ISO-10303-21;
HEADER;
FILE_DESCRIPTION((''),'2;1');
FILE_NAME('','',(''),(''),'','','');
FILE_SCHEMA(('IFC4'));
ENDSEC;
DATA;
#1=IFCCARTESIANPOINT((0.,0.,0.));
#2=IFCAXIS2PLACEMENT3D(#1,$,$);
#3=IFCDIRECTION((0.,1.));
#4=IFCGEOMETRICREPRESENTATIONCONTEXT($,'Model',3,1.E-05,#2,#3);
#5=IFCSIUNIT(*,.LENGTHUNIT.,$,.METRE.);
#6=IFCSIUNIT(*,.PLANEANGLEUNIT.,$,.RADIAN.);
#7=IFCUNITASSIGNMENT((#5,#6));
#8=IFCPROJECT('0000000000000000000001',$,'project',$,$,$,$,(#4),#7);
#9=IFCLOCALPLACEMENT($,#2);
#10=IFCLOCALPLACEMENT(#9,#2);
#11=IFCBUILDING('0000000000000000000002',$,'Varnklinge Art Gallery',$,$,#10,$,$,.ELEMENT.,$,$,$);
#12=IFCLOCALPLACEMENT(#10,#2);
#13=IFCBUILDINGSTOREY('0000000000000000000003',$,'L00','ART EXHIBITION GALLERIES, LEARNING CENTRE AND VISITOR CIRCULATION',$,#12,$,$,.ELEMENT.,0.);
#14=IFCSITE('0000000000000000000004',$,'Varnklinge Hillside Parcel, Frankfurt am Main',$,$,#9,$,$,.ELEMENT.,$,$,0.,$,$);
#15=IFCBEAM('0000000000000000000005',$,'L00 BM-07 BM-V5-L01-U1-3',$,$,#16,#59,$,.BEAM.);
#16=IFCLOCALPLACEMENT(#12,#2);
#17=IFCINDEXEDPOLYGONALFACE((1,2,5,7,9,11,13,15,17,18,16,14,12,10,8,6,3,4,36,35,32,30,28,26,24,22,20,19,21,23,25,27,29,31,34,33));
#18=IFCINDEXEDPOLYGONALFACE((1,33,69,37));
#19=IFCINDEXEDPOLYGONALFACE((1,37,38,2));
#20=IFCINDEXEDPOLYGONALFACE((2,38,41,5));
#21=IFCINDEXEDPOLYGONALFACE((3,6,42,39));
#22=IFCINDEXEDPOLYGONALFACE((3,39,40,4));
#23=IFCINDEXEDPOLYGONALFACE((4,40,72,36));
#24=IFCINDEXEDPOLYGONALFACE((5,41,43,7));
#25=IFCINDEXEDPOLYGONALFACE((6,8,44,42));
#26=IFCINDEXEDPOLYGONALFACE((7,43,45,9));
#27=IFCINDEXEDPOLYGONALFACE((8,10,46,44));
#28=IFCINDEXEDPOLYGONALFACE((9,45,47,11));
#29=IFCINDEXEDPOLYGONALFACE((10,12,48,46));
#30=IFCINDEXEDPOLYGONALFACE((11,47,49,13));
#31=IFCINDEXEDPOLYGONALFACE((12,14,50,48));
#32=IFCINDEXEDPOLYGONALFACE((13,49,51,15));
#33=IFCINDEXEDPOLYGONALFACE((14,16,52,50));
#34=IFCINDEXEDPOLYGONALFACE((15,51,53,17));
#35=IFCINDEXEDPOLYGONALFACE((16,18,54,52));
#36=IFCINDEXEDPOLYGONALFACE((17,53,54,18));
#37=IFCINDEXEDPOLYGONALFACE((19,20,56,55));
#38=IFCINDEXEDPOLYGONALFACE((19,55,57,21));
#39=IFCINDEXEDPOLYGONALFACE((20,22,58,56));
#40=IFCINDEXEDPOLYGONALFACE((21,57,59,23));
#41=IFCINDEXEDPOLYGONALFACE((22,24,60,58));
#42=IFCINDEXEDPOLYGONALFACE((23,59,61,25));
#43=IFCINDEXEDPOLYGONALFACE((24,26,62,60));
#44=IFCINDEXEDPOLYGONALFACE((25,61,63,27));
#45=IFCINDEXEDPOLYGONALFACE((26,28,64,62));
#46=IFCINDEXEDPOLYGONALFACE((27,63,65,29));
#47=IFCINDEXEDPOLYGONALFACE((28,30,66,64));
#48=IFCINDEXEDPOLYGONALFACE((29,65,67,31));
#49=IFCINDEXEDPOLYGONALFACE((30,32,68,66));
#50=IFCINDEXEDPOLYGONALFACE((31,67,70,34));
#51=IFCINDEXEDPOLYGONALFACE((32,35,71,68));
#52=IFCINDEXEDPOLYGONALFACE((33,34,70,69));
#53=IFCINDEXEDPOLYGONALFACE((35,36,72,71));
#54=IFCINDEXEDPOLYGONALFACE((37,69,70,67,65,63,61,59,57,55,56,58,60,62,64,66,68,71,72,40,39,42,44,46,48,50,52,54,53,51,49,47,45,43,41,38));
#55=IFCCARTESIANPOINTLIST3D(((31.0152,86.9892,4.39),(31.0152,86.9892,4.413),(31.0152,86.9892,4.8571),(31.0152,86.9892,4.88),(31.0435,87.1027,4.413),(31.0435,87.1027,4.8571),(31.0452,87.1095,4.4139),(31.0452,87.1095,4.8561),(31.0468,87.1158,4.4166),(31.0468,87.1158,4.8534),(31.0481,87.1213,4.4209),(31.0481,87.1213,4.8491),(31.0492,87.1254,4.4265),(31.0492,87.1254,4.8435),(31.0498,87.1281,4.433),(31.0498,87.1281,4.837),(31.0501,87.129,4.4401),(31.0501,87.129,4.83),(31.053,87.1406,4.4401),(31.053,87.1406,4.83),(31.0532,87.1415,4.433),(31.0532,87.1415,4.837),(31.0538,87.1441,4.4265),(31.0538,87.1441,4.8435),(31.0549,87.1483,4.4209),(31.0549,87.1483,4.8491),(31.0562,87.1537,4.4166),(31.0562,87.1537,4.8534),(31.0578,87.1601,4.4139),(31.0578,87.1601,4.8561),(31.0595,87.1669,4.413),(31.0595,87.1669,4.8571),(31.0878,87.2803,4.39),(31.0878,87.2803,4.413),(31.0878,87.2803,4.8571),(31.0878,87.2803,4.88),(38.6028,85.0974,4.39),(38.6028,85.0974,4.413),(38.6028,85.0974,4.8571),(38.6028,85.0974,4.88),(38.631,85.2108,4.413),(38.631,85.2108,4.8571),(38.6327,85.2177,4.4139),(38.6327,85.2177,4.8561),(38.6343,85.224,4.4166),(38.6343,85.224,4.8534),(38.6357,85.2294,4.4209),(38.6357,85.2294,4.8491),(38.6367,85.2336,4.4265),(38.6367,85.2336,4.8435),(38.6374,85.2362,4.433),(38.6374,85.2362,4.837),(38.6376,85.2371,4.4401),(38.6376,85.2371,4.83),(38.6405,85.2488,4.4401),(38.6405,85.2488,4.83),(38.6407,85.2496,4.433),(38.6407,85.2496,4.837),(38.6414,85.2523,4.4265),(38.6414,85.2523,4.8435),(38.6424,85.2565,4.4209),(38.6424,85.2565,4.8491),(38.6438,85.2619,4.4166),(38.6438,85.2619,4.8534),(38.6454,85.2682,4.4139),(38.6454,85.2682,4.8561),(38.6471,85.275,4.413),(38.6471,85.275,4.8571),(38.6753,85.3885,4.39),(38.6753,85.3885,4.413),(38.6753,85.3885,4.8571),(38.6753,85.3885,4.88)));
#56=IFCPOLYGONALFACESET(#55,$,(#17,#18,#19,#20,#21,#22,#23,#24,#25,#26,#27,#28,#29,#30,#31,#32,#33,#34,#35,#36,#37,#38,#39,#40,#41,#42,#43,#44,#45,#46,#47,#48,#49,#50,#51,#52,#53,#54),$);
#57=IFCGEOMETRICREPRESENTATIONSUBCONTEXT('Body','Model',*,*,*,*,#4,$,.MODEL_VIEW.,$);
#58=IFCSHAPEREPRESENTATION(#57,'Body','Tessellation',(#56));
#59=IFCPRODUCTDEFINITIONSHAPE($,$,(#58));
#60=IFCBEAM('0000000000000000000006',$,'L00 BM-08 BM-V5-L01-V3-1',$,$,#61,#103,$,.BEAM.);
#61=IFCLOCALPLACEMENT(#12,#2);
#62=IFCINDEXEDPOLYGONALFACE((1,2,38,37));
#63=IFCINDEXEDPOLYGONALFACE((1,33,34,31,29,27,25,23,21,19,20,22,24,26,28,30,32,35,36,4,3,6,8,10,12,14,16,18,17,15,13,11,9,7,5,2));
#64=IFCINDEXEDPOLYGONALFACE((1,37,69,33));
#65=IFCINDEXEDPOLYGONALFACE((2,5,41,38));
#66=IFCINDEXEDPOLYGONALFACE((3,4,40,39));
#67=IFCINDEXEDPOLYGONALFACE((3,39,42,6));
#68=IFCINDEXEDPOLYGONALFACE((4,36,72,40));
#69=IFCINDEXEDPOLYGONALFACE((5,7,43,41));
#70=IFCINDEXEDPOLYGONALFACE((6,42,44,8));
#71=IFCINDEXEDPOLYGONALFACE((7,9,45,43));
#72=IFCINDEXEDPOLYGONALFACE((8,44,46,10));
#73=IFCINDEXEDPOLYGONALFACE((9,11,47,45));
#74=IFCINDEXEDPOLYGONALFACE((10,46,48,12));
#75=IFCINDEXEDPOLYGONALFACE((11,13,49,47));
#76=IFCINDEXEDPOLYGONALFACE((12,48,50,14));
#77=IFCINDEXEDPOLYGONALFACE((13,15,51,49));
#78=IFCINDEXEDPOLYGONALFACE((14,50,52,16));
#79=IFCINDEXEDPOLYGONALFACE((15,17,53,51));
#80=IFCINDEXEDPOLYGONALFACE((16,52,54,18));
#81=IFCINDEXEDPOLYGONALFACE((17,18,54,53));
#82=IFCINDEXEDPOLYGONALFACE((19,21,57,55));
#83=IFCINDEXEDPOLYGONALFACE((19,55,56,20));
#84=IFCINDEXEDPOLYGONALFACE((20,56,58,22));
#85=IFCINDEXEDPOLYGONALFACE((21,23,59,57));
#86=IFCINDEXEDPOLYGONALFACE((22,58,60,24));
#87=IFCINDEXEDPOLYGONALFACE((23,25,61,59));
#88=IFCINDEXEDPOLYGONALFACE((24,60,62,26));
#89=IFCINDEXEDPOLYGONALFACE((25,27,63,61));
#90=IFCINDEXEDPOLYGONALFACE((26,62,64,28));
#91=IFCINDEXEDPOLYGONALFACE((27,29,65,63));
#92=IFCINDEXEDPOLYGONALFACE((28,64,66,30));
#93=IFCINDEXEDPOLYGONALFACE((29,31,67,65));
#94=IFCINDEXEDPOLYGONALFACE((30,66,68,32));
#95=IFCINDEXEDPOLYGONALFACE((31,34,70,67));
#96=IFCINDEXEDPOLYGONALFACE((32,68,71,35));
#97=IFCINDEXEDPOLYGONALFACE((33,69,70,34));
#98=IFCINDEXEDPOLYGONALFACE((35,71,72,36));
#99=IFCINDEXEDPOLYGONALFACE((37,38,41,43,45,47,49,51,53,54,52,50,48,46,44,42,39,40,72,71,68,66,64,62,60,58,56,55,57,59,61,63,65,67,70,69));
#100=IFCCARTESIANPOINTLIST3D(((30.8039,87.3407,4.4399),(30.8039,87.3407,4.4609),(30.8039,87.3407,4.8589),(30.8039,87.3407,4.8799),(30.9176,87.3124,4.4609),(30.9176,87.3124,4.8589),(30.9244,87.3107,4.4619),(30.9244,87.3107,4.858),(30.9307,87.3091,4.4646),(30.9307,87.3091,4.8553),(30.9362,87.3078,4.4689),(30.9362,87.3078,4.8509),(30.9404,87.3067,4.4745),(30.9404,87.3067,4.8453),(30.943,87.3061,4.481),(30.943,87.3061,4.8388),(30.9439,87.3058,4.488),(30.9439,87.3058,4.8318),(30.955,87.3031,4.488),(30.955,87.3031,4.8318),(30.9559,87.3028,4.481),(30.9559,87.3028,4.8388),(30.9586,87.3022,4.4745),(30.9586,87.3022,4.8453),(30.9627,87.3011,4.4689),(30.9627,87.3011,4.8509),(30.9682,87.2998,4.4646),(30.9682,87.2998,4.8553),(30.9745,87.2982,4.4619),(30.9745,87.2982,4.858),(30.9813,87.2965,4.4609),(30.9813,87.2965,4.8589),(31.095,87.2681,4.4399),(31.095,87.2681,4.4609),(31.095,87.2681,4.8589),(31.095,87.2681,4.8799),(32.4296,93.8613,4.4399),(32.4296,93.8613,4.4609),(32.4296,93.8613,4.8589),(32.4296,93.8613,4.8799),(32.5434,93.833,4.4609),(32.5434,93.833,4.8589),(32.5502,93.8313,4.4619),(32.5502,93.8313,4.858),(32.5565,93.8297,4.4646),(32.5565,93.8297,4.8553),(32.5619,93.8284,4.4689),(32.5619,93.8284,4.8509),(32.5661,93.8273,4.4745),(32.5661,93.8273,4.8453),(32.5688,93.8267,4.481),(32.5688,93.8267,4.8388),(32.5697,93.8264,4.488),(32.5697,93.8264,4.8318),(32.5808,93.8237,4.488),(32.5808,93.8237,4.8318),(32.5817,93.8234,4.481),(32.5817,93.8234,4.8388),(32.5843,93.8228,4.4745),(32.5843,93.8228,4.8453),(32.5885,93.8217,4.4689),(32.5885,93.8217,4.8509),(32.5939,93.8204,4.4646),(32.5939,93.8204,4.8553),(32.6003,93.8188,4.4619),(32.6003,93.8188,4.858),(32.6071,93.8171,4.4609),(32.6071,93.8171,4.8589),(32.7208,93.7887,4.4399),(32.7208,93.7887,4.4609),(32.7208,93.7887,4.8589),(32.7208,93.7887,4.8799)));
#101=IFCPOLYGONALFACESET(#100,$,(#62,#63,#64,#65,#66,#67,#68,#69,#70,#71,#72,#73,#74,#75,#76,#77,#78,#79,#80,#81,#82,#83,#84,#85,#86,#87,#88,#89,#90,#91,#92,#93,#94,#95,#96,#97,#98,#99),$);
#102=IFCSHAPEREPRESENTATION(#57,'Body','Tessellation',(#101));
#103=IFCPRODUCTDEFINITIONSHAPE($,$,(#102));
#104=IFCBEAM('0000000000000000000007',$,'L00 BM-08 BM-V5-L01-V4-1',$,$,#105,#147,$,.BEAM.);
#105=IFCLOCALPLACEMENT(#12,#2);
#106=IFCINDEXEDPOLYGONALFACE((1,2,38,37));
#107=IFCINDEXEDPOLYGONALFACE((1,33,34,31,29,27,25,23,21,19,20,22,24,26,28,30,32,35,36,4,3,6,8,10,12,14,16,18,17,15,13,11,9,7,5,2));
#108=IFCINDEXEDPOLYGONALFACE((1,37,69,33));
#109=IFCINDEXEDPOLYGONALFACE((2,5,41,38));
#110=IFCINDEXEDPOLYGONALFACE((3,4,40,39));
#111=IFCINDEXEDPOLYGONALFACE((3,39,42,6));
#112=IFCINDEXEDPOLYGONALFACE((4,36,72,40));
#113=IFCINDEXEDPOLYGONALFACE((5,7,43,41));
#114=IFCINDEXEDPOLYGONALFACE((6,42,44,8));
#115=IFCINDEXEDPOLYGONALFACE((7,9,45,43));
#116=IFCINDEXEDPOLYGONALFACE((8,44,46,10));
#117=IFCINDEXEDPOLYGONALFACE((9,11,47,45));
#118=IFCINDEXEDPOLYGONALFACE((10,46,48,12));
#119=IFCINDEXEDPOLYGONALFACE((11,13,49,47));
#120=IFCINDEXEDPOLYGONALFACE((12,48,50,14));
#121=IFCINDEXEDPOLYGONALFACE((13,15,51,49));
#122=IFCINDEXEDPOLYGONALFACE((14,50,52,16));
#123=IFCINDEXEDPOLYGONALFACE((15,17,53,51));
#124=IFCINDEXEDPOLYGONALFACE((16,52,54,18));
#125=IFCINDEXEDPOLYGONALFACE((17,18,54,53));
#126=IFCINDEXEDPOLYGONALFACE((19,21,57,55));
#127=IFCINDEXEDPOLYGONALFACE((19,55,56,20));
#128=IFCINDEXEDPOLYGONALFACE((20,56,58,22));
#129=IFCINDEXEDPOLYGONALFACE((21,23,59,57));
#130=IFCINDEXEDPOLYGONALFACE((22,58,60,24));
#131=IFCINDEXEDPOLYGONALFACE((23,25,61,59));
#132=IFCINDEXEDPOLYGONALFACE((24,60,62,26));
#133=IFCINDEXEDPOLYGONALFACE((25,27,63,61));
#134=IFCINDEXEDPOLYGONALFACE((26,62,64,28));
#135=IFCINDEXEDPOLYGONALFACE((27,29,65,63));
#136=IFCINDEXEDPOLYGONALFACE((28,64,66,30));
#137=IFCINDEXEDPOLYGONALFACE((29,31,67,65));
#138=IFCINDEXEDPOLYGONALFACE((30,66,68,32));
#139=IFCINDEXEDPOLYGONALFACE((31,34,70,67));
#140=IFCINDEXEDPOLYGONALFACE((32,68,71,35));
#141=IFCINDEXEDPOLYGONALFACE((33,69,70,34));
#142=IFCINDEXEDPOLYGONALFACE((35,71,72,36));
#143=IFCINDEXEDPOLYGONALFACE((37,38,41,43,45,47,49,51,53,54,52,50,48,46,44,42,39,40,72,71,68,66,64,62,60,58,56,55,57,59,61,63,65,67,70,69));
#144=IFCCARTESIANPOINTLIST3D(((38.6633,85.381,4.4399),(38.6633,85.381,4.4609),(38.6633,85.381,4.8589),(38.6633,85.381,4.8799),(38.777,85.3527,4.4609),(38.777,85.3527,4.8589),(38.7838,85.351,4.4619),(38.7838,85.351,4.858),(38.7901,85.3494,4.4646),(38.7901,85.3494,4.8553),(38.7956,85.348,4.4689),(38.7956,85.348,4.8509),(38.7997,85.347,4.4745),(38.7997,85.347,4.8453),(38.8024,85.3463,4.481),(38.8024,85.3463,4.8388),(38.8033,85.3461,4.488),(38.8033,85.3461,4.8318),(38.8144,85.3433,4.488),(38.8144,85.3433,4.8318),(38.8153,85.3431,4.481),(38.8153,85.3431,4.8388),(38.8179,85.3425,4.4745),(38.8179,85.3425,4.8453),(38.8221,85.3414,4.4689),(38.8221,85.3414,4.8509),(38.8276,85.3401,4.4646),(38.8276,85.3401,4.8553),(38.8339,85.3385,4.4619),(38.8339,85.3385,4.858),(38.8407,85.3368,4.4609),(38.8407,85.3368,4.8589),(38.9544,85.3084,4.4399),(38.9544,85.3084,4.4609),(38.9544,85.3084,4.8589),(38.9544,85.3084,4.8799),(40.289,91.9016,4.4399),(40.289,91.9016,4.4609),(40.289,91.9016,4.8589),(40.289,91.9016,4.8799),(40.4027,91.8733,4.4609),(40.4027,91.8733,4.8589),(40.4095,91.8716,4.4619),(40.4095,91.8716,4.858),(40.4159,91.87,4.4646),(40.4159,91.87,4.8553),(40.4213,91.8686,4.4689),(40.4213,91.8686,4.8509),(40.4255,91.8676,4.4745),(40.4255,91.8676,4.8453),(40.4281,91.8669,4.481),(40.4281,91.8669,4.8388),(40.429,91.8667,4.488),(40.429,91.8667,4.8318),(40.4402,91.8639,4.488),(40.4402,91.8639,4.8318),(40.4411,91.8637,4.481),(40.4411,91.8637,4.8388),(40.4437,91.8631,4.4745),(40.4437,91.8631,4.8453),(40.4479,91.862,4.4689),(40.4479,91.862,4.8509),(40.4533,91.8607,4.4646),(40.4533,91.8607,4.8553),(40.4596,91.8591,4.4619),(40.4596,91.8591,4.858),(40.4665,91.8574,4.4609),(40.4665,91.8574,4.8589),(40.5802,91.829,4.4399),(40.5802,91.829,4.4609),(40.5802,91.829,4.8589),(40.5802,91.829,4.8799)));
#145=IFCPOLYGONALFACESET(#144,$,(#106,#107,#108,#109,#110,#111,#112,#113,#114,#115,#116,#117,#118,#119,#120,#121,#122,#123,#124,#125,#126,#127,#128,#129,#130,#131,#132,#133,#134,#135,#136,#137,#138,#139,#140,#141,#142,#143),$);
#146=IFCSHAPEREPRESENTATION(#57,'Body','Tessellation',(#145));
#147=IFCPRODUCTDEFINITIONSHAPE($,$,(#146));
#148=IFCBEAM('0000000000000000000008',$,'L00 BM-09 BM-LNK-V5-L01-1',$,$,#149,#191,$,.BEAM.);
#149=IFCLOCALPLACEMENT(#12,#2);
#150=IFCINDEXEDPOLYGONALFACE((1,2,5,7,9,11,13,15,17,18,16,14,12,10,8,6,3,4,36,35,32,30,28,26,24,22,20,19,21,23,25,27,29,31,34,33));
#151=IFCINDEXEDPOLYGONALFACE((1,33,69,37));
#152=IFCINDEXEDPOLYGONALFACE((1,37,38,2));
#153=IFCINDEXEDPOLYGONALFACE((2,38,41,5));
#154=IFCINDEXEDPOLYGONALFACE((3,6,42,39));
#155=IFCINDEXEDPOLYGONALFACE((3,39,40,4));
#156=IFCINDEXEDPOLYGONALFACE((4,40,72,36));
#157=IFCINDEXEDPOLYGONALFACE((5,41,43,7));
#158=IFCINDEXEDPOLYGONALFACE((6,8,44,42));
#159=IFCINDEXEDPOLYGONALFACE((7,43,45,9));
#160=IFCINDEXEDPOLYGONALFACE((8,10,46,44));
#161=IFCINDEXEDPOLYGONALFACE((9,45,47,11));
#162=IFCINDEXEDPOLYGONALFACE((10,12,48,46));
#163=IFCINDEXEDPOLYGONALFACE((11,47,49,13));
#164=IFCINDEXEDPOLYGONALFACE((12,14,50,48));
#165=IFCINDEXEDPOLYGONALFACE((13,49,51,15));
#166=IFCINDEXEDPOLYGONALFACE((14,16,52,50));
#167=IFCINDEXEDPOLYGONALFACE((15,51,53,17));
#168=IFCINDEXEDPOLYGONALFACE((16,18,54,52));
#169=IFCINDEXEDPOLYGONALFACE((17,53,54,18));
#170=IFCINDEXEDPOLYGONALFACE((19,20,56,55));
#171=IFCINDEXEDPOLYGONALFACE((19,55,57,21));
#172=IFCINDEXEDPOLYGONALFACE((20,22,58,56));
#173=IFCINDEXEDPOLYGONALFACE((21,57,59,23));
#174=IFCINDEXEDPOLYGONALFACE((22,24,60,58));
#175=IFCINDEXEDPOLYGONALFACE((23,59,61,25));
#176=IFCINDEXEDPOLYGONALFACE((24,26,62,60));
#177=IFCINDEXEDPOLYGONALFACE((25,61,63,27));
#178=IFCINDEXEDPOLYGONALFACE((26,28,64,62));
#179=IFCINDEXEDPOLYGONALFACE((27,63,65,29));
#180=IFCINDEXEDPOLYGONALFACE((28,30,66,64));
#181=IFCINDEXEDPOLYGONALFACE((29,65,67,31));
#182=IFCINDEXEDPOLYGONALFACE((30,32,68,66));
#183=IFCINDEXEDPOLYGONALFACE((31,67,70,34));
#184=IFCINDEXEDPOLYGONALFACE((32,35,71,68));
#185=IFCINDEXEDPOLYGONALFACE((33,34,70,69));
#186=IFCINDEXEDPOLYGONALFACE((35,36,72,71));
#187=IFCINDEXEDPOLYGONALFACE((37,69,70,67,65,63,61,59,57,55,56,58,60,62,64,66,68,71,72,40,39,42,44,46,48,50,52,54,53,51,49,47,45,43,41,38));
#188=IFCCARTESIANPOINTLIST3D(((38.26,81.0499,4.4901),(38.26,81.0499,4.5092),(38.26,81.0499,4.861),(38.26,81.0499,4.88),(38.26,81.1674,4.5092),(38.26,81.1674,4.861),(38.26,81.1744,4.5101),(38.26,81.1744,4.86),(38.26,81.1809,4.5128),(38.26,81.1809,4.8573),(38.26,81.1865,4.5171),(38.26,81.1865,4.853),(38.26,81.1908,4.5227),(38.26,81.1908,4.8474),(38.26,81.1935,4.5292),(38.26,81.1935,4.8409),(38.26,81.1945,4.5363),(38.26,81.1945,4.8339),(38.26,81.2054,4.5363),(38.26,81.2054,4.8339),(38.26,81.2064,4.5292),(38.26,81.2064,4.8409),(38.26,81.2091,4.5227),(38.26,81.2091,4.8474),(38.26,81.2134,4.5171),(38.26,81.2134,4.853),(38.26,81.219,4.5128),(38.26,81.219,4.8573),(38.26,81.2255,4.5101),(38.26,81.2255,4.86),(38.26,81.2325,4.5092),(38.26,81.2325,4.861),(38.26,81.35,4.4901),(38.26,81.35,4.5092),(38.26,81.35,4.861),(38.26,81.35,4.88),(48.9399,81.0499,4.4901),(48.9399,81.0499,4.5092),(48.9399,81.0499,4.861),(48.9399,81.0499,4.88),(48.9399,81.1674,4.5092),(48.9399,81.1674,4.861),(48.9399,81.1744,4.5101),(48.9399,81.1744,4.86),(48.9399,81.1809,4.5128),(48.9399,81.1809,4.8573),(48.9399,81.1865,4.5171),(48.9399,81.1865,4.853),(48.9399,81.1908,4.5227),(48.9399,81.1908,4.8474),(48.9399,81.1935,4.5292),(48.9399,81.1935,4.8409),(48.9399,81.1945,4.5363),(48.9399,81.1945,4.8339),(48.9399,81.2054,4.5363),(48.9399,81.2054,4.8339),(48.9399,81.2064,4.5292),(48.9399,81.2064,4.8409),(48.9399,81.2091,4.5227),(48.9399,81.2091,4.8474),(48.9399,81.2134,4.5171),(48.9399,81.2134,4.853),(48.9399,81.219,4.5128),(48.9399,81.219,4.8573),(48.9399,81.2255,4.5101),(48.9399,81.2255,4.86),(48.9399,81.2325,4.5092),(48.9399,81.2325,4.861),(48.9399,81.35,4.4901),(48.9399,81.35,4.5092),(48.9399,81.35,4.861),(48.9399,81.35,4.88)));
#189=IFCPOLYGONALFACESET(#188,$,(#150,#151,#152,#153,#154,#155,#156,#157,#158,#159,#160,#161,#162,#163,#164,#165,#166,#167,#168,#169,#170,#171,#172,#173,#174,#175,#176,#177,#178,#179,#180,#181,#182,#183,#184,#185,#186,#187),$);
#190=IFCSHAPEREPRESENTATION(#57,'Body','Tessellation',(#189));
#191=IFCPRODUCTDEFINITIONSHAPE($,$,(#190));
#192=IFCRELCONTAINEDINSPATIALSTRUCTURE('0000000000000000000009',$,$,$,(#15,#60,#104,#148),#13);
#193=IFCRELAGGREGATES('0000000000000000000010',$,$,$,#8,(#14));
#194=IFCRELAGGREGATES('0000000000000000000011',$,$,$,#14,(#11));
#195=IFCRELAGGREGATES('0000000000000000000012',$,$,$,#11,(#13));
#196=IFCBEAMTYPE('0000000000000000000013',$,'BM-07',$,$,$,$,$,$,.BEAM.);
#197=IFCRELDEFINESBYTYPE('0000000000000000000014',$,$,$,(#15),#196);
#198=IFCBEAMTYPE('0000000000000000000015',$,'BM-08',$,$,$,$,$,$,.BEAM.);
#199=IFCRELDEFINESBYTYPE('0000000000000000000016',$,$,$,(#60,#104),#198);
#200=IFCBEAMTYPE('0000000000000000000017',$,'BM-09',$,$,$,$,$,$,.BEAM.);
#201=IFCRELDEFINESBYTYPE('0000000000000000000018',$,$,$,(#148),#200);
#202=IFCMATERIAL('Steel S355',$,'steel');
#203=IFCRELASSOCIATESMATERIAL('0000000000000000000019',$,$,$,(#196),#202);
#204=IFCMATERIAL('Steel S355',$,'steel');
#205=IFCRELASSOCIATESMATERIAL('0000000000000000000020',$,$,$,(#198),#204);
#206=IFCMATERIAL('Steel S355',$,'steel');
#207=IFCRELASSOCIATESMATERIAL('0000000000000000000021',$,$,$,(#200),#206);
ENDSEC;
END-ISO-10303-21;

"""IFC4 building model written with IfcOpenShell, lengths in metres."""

from ifc_helpers import new_model, si_unit, direction, frame, origin, origin_2d, place, context, subcontext, project, spatial, i_section, extrude, material, material_profile, profile_set, type_object, element, save


model = new_model("IFC4")

# Units and contexts
model_context = context("Model", 3, precision=1e-05, world=origin(), true_north=direction((0.0, 1.0)))
body_context = subcontext(model_context, "Body", "Model", "MODEL_VIEW")
ifc_project = project(units=[si_unit("LENGTHUNIT", "METRE"), si_unit("PLANEANGLEUNIT", "RADIAN")], contexts=[model_context])

# Site, building, storey
site_placement = place(None, origin())
site = spatial("IfcSite", under=ifc_project, at=site_placement, Name="Varnklinge Hillside Parcel, Frankfurt am Main", CompositionType="ELEMENT", RefElevation=0.0)
building_placement = place(site_placement, origin())
building = spatial("IfcBuilding", under=site, at=building_placement, Name="Varnklinge Art Gallery", CompositionType="ELEMENT")
storey_placement = place(building_placement, origin())
storey = spatial("IfcBuildingStorey", under=building, at=storey_placement, Name="L00", Description="ART EXHIBITION GALLERIES, LEARNING CENTRE AND VISITOR CIRCULATION", CompositionType="ELEMENT", Elevation=0.0)

# Beams
ifc_material_1 = material(Name="Steel S355", Category="steel")
ifc_material_profile_1 = material_profile(ifc_material_1, i_section(OverallWidth=0.3, OverallDepth=0.49, WebThickness=0.012, FlangeThickness=0.0229, FilletRadius=0.0271, at=origin_2d()), Name="HEA 500")
ifc_profile_set_1 = profile_set([ifc_material_profile_1], Name="Steel S355")
beam_type_1 = type_object("IfcBeamType", Name="BM-07", PredefinedType="BEAM", material=ifc_profile_set_1)
beam_1_placement = place(storey_placement, frame((31.0515, 87.1348, 4.635), z_axis=(0.970295, -0.241926, 0.0), x_axis=(0.241926, 0.970295, 0.0)))
element("IfcBeam", 1, at=beam_1_placement, inside=storey, type_object=beam_type_1, Name="L00 BM-07 BM-V5-L01-U1-3", PredefinedType="BEAM", context=body_context, shape_type="SweptSolid", body=[
    extrude(i_section(OverallWidth=0.3, OverallDepth=0.49, WebThickness=0.012, FlangeThickness=0.0229, FilletRadius=0.0271, at=origin_2d()), origin(), (0.0, 0.0, 1.0), 7.8198),
])
ifc_material_2 = material(Name="Steel S355", Category="steel")
ifc_material_profile_2 = material_profile(ifc_material_2, i_section(OverallWidth=0.3, OverallDepth=0.4399, WebThickness=0.0115, FlangeThickness=0.021, FilletRadius=0.0271, at=origin_2d()), Name="HEA 450")
ifc_profile_set_2 = profile_set([ifc_material_profile_2], Name="Steel S355")
beam_type_2 = type_object("IfcBeamType", Name="BM-08", PredefinedType="BEAM", material=ifc_profile_set_2)
for number, where, z_axis, x_axis, name in (
    (2, (30.9495, 87.3044, 4.6599), (0.24192, 0.970296, 0.0), (-0.970296, 0.24192, 0.0), "L00 BM-08 BM-V5-L01-V3-1"),
    (3, (38.8088, 85.3447, 4.6599), (0.24192, 0.970296, 0.0), (-0.970296, 0.24192, 0.0), "L00 BM-08 BM-V5-L01-V4-1"),
):
    element("IfcBeam", number, at=place(storey_placement, frame(where, z_axis=z_axis, x_axis=x_axis)), inside=storey, type_object=beam_type_2, Name=name, PredefinedType="BEAM", context=body_context, shape_type="SweptSolid", body=[
        extrude(i_section(OverallWidth=0.3, OverallDepth=0.4399, WebThickness=0.0115, FlangeThickness=0.021, FilletRadius=0.0271, at=origin_2d()), origin(), (0.0, 0.0, 1.0), 6.7202),
    ])
ifc_material_3 = material(Name="Steel S355", Category="steel")
ifc_material_profile_3 = material_profile(ifc_material_3, i_section(OverallWidth=0.3, OverallDepth=0.3899, WebThickness=0.011, FlangeThickness=0.019, FilletRadius=0.0271, at=origin_2d()), Name="HEA 400")
ifc_profile_set_3 = profile_set([ifc_material_profile_3], Name="Steel S355")
beam_type_3 = type_object("IfcBeamType", Name="BM-09", PredefinedType="BEAM", material=ifc_profile_set_3)
beam_2_placement = place(storey_placement, frame((38.26, 81.2, 4.6851), z_axis=(1.0, 0.0, 0.0), x_axis=(0.0, 1.0, 0.0)))
element("IfcBeam", 4, at=beam_2_placement, inside=storey, type_object=beam_type_3, Name="L00 BM-09 BM-LNK-V5-L01-1", PredefinedType="BEAM", context=body_context, shape_type="SweptSolid", body=[
    extrude(i_section(OverallWidth=0.3, OverallDepth=0.3899, WebThickness=0.011, FlangeThickness=0.019, FilletRadius=0.0271, at=origin_2d()), origin(), (0.0, 0.0, 1.0), 10.6799),
])

save(model, "model.ifc")
